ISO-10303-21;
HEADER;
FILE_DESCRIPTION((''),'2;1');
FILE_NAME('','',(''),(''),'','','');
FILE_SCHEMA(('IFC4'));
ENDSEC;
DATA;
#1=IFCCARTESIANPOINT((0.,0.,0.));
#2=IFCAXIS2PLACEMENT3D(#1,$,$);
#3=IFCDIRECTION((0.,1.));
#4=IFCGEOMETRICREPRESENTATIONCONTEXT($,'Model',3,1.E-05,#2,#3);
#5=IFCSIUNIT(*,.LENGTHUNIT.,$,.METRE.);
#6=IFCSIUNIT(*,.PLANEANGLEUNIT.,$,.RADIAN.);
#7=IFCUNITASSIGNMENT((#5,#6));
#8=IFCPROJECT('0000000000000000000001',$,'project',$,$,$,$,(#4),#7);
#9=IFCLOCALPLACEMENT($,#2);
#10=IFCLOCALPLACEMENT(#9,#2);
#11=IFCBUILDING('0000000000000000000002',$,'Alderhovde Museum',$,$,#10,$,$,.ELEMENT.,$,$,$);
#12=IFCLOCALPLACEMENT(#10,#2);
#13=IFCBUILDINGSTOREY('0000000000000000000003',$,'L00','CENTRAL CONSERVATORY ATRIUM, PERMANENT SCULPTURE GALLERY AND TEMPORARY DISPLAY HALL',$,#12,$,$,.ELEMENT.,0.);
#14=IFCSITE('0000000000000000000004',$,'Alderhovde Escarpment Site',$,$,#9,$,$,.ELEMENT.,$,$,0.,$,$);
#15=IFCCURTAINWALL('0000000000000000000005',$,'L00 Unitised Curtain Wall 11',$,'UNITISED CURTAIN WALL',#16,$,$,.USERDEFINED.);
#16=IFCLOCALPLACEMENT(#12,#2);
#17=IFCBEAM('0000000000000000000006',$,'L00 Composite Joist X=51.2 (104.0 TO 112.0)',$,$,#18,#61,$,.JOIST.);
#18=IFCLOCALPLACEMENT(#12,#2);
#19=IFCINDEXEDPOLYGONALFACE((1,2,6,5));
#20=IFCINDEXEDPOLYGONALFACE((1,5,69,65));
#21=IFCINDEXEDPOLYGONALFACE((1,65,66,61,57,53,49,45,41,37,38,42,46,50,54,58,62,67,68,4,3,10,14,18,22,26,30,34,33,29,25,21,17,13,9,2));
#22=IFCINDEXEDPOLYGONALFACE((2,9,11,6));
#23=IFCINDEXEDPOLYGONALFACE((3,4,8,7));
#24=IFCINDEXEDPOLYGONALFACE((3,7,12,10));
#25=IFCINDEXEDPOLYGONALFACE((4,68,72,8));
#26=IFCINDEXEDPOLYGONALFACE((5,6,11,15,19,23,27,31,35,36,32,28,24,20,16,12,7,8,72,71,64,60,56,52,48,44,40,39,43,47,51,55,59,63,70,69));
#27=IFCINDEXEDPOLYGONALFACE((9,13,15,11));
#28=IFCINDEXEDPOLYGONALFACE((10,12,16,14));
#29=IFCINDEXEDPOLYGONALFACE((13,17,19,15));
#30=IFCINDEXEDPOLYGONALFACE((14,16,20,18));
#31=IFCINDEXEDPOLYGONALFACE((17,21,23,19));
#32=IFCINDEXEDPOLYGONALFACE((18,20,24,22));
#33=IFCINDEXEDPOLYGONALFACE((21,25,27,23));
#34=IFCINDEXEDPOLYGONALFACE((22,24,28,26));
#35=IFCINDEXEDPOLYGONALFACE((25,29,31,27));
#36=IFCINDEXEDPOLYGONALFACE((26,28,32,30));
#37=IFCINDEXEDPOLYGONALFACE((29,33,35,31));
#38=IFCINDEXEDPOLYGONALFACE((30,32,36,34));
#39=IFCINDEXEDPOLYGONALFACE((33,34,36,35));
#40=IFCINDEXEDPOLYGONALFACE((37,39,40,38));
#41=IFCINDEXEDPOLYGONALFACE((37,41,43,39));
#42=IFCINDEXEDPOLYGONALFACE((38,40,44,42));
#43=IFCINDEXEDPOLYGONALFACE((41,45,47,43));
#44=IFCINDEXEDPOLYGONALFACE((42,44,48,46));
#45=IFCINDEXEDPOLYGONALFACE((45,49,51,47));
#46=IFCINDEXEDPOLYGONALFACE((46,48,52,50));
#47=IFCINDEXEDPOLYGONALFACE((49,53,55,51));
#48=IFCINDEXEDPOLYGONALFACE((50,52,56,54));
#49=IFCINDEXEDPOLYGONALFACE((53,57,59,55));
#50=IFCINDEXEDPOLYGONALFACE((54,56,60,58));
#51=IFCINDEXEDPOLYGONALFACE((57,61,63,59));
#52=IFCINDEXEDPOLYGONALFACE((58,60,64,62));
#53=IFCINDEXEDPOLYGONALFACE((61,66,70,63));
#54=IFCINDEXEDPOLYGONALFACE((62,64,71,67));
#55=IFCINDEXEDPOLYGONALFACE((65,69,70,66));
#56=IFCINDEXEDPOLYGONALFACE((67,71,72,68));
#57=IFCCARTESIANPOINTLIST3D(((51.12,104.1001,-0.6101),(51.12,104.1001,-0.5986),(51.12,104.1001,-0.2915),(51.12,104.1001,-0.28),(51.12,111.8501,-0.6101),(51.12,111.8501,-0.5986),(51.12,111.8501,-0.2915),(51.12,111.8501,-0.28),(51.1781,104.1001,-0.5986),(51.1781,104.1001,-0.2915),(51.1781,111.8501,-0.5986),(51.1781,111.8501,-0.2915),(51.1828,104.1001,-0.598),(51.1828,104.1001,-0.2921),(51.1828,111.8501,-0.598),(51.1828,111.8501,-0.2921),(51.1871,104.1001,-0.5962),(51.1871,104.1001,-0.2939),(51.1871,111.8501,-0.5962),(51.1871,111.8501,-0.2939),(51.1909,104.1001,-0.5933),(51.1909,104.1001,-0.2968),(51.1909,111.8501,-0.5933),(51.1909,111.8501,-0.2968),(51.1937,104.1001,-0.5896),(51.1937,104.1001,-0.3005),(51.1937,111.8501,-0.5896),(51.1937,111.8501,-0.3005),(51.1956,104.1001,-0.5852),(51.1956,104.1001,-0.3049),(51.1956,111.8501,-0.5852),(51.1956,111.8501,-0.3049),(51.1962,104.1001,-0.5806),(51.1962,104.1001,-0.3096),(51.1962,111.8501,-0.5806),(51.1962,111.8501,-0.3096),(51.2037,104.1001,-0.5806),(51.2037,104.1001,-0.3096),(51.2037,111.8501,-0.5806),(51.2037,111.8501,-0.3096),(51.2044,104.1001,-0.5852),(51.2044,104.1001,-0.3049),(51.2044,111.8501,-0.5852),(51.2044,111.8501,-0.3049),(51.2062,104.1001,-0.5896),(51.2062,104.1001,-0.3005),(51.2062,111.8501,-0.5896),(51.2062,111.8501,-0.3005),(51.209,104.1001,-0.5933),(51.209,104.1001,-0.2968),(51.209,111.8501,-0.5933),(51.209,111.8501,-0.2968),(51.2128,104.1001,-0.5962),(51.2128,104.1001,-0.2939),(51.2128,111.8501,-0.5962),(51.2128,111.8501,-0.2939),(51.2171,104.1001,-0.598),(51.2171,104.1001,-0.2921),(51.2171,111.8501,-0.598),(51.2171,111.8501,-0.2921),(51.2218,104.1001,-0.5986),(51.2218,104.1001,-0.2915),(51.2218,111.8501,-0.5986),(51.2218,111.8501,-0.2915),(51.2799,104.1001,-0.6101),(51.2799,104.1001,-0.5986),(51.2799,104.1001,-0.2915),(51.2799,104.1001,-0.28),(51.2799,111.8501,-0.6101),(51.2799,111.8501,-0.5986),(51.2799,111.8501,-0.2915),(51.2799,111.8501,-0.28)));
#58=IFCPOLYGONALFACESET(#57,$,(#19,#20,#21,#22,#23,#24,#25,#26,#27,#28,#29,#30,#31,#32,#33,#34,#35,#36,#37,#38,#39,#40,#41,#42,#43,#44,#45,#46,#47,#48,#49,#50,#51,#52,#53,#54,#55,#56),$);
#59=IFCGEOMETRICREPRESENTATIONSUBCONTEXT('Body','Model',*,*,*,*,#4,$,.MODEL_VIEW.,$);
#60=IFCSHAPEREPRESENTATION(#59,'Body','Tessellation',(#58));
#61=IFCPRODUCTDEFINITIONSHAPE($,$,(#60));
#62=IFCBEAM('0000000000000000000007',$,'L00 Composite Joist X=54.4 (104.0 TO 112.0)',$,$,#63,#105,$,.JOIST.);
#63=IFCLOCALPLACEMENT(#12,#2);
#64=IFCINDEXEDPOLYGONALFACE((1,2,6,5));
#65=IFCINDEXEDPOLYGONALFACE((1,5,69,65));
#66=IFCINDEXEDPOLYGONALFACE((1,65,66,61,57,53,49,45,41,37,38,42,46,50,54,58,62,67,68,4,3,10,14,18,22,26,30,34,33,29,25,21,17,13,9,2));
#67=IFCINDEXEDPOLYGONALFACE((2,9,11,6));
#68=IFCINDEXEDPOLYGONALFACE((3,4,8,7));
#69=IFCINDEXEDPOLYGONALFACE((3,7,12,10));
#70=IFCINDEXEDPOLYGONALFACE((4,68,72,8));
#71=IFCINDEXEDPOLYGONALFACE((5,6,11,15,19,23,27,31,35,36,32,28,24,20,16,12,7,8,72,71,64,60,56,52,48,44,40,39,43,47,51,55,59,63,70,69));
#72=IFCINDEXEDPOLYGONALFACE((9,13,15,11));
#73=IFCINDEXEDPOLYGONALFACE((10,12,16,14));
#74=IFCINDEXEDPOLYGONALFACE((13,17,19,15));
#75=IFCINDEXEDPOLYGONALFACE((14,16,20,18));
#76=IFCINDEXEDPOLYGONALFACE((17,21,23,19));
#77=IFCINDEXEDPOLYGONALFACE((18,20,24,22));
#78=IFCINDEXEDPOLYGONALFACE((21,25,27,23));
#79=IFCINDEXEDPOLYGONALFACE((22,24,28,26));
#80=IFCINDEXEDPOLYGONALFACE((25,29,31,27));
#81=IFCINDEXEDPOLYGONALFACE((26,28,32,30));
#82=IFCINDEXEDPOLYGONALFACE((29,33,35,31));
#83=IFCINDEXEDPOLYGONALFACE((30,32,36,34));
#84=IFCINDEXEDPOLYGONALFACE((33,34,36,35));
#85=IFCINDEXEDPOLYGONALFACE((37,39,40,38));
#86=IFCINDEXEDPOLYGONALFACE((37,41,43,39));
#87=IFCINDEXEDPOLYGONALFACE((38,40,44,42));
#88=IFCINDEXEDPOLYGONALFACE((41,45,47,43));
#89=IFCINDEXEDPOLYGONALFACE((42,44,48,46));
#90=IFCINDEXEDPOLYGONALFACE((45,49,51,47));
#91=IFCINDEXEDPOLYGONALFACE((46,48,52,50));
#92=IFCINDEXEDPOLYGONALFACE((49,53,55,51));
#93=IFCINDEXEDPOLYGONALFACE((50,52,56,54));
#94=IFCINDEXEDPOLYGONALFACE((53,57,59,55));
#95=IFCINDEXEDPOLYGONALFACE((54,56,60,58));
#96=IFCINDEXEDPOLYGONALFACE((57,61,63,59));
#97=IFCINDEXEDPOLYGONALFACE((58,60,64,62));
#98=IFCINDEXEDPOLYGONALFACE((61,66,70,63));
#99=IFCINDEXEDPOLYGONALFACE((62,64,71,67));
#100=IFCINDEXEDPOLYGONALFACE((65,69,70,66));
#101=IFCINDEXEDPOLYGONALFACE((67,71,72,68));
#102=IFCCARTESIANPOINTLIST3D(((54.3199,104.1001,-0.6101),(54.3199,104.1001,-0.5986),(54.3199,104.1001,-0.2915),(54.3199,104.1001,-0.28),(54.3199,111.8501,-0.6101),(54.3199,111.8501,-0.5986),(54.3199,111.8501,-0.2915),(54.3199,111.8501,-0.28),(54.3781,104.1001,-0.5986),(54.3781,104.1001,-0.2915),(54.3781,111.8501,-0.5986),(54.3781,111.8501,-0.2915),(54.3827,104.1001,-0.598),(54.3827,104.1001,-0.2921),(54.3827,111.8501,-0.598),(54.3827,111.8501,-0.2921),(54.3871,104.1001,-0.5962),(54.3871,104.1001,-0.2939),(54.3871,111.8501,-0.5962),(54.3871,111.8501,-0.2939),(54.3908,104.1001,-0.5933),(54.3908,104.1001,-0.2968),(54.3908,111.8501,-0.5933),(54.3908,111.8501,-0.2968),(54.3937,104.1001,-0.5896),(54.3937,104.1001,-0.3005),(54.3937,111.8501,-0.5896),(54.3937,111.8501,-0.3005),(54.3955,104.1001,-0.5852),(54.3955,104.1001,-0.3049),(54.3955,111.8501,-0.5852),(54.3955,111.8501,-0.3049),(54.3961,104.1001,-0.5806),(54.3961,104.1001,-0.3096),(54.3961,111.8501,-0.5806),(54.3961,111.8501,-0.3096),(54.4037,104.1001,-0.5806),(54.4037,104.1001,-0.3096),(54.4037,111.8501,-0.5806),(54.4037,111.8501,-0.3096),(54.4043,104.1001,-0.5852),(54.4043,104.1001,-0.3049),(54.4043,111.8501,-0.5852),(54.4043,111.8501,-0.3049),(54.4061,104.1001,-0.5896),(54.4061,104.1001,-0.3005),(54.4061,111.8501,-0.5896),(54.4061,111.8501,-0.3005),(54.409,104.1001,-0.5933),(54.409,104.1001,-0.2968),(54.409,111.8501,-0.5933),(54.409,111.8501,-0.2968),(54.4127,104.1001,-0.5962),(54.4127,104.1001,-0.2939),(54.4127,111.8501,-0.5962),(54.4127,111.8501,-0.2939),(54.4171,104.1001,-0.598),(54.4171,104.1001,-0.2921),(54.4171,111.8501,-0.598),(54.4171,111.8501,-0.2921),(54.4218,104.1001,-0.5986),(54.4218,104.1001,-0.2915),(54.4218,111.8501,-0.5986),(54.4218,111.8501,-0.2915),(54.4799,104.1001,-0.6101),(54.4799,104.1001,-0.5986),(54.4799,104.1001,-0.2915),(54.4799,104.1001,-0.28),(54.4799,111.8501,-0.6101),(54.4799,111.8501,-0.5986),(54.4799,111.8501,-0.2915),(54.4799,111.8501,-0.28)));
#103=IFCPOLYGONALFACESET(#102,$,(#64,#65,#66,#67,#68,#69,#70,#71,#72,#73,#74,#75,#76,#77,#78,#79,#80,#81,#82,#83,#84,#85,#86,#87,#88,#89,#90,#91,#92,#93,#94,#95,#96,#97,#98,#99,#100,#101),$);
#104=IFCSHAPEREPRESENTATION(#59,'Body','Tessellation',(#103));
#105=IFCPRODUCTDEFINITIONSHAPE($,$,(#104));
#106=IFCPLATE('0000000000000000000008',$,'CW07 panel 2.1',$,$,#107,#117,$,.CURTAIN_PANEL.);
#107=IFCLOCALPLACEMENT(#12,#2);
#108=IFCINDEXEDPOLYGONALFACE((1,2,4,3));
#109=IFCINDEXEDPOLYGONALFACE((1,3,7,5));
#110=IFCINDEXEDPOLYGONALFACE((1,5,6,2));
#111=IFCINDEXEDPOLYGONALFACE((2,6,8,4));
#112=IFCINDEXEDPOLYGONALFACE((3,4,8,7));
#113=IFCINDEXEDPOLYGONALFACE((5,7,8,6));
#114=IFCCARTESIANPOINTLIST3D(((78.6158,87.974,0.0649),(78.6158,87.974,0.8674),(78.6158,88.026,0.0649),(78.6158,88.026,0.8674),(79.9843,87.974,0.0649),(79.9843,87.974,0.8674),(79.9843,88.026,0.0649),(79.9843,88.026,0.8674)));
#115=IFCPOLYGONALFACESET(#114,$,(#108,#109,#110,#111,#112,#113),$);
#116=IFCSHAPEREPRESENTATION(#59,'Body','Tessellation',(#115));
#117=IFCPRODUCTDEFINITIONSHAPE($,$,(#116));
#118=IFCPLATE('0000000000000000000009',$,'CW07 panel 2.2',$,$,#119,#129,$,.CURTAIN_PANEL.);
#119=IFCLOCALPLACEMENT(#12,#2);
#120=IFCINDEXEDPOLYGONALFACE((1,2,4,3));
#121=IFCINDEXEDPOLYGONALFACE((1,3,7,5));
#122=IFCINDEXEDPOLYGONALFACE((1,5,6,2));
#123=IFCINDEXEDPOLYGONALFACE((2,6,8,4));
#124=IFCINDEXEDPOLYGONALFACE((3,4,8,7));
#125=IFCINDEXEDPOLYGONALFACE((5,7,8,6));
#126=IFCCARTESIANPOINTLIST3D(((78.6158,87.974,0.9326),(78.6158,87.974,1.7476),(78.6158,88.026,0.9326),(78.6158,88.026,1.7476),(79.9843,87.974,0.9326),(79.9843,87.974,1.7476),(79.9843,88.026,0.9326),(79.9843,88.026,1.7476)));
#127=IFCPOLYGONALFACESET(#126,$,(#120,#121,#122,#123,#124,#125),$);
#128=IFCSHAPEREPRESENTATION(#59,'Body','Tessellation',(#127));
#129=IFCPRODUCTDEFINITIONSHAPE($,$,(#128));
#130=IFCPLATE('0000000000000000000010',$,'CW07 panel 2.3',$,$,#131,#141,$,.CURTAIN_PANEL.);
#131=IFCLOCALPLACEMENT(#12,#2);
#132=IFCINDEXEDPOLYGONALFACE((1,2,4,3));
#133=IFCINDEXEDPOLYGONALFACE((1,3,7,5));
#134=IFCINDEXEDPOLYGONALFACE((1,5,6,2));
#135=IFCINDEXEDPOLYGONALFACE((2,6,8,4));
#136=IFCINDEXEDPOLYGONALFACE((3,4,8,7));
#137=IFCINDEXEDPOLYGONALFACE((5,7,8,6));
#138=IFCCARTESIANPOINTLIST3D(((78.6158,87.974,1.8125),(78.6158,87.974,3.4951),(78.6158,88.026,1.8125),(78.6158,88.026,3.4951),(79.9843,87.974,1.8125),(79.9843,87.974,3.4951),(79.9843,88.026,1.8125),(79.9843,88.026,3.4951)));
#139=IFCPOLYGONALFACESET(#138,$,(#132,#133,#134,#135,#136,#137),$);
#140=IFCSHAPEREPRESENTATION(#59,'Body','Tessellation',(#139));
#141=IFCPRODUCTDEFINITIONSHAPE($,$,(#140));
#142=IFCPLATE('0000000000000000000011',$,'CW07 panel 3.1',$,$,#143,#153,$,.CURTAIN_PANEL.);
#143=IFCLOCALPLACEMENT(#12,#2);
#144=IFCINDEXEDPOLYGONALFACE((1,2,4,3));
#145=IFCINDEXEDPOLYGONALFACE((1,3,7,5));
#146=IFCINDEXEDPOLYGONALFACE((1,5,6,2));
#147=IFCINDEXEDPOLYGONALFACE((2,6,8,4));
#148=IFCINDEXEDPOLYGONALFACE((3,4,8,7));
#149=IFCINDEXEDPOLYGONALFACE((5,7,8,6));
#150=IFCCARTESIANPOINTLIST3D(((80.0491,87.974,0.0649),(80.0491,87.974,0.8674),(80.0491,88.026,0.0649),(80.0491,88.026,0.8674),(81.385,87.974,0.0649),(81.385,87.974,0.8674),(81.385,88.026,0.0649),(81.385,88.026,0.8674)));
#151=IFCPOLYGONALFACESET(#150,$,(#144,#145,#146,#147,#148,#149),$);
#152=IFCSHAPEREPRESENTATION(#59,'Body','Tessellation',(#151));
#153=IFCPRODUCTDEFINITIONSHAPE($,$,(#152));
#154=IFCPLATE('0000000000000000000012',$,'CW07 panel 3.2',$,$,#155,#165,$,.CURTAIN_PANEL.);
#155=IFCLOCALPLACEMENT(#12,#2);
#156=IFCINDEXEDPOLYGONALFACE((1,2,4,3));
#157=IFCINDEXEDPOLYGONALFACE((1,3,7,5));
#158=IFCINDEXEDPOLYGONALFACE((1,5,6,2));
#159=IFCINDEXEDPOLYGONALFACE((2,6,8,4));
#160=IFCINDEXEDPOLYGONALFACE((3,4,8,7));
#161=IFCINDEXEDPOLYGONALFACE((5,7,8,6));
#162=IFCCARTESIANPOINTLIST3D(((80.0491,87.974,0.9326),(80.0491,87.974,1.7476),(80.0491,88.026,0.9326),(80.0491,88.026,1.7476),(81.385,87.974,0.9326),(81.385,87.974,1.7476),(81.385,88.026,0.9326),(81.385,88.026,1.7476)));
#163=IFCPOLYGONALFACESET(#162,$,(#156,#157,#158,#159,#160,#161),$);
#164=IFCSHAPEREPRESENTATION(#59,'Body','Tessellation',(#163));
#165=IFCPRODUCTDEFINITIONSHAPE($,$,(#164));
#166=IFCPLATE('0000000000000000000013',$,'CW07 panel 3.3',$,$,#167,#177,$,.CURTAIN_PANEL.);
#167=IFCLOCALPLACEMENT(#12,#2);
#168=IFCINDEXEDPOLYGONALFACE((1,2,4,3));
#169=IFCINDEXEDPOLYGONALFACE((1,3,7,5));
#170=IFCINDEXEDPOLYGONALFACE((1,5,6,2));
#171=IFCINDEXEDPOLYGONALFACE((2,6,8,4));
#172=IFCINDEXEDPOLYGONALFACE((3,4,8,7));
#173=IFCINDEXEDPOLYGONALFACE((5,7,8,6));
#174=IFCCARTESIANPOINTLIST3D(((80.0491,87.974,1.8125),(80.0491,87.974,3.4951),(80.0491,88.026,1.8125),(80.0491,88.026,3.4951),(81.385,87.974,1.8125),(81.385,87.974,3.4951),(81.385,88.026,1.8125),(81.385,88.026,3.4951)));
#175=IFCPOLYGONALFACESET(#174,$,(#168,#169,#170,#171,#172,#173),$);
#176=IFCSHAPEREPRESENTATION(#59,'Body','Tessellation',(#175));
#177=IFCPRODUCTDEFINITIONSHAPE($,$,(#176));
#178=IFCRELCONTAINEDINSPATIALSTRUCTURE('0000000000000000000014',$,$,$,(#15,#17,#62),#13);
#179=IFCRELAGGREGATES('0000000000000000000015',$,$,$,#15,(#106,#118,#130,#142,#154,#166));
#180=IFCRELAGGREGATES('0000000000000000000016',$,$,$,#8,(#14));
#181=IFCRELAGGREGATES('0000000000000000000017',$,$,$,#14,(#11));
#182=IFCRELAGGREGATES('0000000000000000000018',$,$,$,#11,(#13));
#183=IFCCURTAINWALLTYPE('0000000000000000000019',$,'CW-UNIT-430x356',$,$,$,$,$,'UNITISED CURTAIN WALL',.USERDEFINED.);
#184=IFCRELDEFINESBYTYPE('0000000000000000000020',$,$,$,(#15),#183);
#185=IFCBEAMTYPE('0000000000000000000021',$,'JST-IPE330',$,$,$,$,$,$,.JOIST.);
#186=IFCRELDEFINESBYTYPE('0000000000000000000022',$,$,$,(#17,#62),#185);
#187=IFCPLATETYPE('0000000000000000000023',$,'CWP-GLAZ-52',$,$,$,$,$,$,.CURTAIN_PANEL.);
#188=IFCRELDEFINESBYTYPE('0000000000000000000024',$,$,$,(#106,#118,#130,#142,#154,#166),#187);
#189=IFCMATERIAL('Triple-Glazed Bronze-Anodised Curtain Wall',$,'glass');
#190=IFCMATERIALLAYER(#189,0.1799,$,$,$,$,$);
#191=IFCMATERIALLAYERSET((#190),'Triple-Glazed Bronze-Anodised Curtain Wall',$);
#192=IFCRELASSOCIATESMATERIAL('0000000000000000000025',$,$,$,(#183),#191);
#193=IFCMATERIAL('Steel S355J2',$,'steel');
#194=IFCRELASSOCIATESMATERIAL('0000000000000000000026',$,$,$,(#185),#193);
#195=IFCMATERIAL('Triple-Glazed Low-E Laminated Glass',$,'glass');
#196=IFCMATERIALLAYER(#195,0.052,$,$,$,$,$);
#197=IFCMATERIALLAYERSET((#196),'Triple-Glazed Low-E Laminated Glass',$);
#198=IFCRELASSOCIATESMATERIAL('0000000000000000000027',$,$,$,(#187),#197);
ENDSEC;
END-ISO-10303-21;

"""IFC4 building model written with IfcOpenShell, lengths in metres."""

from ifc_helpers import new_model, si_unit, direction, frame, origin, origin_2d, place, context, subcontext, project, spatial, rectangle, i_section, extrude, material, layer, layer_set, material_profile, profile_set, type_object, element, aggregate, save


model = new_model("IFC4")

# Units and contexts
model_context = context("Model", 3, precision=1e-05, world=origin(), true_north=direction((0.0, 1.0)))
body_context = subcontext(model_context, "Body", "Model", "MODEL_VIEW")
ifc_project = project(units=[si_unit("LENGTHUNIT", "METRE"), si_unit("PLANEANGLEUNIT", "RADIAN")], contexts=[model_context])

# Site, building, storey
site_placement = place(None, origin())
site = spatial("IfcSite", under=ifc_project, at=site_placement, Name="Alderhovde Escarpment Site", CompositionType="ELEMENT", RefElevation=0.0)
building_placement = place(site_placement, origin())
building = spatial("IfcBuilding", under=site, at=building_placement, Name="Alderhovde Museum", CompositionType="ELEMENT")
storey_placement = place(building_placement, origin())
storey = spatial("IfcBuildingStorey", under=building, at=storey_placement, Name="L00", Description="CENTRAL CONSERVATORY ATRIUM, PERMANENT SCULPTURE GALLERY AND TEMPORARY DISPLAY HALL", CompositionType="ELEMENT", Elevation=0.0)

# Curtain wall
ifc_material_1 = material(Name="Triple-Glazed Bronze-Anodised Curtain Wall", Category="glass")
ifc_layer_1 = layer(ifc_material_1, 0.1799)
ifc_layer_set_1 = layer_set([ifc_layer_1], Name="Triple-Glazed Bronze-Anodised Curtain Wall")
curtain_wall_type = type_object("IfcCurtainWallType", Name="CW-UNIT-430x356", ElementType="UNITISED CURTAIN WALL", PredefinedType="USERDEFINED", material=ifc_layer_set_1)
curtain_wall_placement = place(storey_placement, origin())
curtain_wall = element("IfcCurtainWall", 1, at=curtain_wall_placement, inside=storey, type_object=curtain_wall_type, Name="L00 Unitised Curtain Wall 11", ObjectType="UNITISED CURTAIN WALL", PredefinedType="USERDEFINED")

# Beams
ifc_material_2 = material(Name="Steel S355J2", Category="steel")
ifc_material_profile_1 = material_profile(ifc_material_2, i_section(OverallWidth=0.1599, OverallDepth=0.3301, WebThickness=0.0076, FlangeThickness=0.0115, FilletRadius=0.0181, at=origin_2d()), Name="IPE 330")
ifc_profile_set_1 = profile_set([ifc_material_profile_1], Name="Steel S355J2")
beam_type_1 = type_object("IfcBeamType", Name="JST-IPE330", PredefinedType="JOIST", material=ifc_profile_set_1)
for number, where, z_axis, x_axis, name in (
    (2, (51.2, 104.1001, -0.4451), (0.0, 1.0, 0.0), (-1.0, 0.0, 0.0), "L00 Composite Joist X=51.2 (104.0 TO 112.0)"),
    (3, (54.3999, 104.1001, -0.4451), (0.0, 1.0, 0.0), (-1.0, 0.0, 0.0), "L00 Composite Joist X=54.4 (104.0 TO 112.0)"),
):
    element("IfcBeam", number, at=place(storey_placement, frame(where, z_axis=z_axis, x_axis=x_axis)), inside=storey, type_object=beam_type_1, Name=name, PredefinedType="JOIST", context=body_context, shape_type="SweptSolid", body=[
        extrude(i_section(OverallWidth=0.1599, OverallDepth=0.3301, WebThickness=0.0076, FlangeThickness=0.0115, FilletRadius=0.0181, at=origin_2d()), origin(), (0.0, 0.0, 1.0), 7.75),
    ])

# Plates
ifc_material_3 = material(Name="Triple-Glazed Low-E Laminated Glass", Category="glass")
ifc_layer_2 = layer(ifc_material_3, 0.052)
ifc_layer_set_2 = layer_set([ifc_layer_2], Name="Triple-Glazed Low-E Laminated Glass")
plate_type = type_object("IfcPlateType", Name="CWP-GLAZ-52", PredefinedType="CURTAIN_PANEL", material=ifc_layer_set_2)
plate_1_placement = place(storey_placement, frame((79.3, 88.0, 0.0649), z_axis=(0.0, 0.0, 1.0), x_axis=(1.0, 0.0, 0.0)))
plate_1 = element("IfcPlate", 4, at=plate_1_placement, type_object=plate_type, Name="CW07 panel 2.1", PredefinedType="CURTAIN_PANEL", context=body_context, shape_type="SweptSolid", body=[
    extrude(rectangle(XDim=1.3684, YDim=0.052, at=origin_2d()), origin(), (0.0, 0.0, 1.0), 0.8025),
])
plate_2_placement = place(storey_placement, frame((79.3, 88.0, 0.9326), z_axis=(0.0, 0.0, 1.0), x_axis=(1.0, 0.0, 0.0)))
plate_2 = element("IfcPlate", 5, at=plate_2_placement, type_object=plate_type, Name="CW07 panel 2.2", PredefinedType="CURTAIN_PANEL", context=body_context, shape_type="SweptSolid", body=[
    extrude(rectangle(XDim=1.3684, YDim=0.052, at=origin_2d()), origin(), (0.0, 0.0, 1.0), 0.8149),
])
plate_3_placement = place(storey_placement, frame((79.3, 88.0, 1.8125), z_axis=(0.0, 0.0, 1.0), x_axis=(1.0, 0.0, 0.0)))
plate_3 = element("IfcPlate", 6, at=plate_3_placement, type_object=plate_type, Name="CW07 panel 2.3", PredefinedType="CURTAIN_PANEL", context=body_context, shape_type="SweptSolid", body=[
    extrude(rectangle(XDim=1.3684, YDim=0.052, at=origin_2d()), origin(), (0.0, 0.0, 1.0), 1.6826),
])
plate_4_placement = place(storey_placement, frame((80.717, 88.0, 0.0649), z_axis=(0.0, 0.0, 1.0), x_axis=(1.0, 0.0, 0.0)))
plate_4 = element("IfcPlate", 7, at=plate_4_placement, type_object=plate_type, Name="CW07 panel 3.1", PredefinedType="CURTAIN_PANEL", context=body_context, shape_type="SweptSolid", body=[
    extrude(rectangle(XDim=1.3359, YDim=0.052, at=origin_2d()), origin(), (0.0, 0.0, 1.0), 0.8025),
])
plate_5_placement = place(storey_placement, frame((80.717, 88.0, 0.9326), z_axis=(0.0, 0.0, 1.0), x_axis=(1.0, 0.0, 0.0)))
plate_5 = element("IfcPlate", 8, at=plate_5_placement, type_object=plate_type, Name="CW07 panel 3.2", PredefinedType="CURTAIN_PANEL", context=body_context, shape_type="SweptSolid", body=[
    extrude(rectangle(XDim=1.3359, YDim=0.052, at=origin_2d()), origin(), (0.0, 0.0, 1.0), 0.8149),
])
plate_6_placement = place(storey_placement, frame((80.717, 88.0, 1.8125), z_axis=(0.0, 0.0, 1.0), x_axis=(1.0, 0.0, 0.0)))
plate_6 = element("IfcPlate", 9, at=plate_6_placement, type_object=plate_type, Name="CW07 panel 3.3", PredefinedType="CURTAIN_PANEL", context=body_context, shape_type="SweptSolid", body=[
    extrude(rectangle(XDim=1.3359, YDim=0.052, at=origin_2d()), origin(), (0.0, 0.0, 1.0), 1.6826),
])
aggregate(curtain_wall, [plate_1, plate_2, plate_3, plate_4, plate_5, plate_6])

save(model, "model.ifc")
